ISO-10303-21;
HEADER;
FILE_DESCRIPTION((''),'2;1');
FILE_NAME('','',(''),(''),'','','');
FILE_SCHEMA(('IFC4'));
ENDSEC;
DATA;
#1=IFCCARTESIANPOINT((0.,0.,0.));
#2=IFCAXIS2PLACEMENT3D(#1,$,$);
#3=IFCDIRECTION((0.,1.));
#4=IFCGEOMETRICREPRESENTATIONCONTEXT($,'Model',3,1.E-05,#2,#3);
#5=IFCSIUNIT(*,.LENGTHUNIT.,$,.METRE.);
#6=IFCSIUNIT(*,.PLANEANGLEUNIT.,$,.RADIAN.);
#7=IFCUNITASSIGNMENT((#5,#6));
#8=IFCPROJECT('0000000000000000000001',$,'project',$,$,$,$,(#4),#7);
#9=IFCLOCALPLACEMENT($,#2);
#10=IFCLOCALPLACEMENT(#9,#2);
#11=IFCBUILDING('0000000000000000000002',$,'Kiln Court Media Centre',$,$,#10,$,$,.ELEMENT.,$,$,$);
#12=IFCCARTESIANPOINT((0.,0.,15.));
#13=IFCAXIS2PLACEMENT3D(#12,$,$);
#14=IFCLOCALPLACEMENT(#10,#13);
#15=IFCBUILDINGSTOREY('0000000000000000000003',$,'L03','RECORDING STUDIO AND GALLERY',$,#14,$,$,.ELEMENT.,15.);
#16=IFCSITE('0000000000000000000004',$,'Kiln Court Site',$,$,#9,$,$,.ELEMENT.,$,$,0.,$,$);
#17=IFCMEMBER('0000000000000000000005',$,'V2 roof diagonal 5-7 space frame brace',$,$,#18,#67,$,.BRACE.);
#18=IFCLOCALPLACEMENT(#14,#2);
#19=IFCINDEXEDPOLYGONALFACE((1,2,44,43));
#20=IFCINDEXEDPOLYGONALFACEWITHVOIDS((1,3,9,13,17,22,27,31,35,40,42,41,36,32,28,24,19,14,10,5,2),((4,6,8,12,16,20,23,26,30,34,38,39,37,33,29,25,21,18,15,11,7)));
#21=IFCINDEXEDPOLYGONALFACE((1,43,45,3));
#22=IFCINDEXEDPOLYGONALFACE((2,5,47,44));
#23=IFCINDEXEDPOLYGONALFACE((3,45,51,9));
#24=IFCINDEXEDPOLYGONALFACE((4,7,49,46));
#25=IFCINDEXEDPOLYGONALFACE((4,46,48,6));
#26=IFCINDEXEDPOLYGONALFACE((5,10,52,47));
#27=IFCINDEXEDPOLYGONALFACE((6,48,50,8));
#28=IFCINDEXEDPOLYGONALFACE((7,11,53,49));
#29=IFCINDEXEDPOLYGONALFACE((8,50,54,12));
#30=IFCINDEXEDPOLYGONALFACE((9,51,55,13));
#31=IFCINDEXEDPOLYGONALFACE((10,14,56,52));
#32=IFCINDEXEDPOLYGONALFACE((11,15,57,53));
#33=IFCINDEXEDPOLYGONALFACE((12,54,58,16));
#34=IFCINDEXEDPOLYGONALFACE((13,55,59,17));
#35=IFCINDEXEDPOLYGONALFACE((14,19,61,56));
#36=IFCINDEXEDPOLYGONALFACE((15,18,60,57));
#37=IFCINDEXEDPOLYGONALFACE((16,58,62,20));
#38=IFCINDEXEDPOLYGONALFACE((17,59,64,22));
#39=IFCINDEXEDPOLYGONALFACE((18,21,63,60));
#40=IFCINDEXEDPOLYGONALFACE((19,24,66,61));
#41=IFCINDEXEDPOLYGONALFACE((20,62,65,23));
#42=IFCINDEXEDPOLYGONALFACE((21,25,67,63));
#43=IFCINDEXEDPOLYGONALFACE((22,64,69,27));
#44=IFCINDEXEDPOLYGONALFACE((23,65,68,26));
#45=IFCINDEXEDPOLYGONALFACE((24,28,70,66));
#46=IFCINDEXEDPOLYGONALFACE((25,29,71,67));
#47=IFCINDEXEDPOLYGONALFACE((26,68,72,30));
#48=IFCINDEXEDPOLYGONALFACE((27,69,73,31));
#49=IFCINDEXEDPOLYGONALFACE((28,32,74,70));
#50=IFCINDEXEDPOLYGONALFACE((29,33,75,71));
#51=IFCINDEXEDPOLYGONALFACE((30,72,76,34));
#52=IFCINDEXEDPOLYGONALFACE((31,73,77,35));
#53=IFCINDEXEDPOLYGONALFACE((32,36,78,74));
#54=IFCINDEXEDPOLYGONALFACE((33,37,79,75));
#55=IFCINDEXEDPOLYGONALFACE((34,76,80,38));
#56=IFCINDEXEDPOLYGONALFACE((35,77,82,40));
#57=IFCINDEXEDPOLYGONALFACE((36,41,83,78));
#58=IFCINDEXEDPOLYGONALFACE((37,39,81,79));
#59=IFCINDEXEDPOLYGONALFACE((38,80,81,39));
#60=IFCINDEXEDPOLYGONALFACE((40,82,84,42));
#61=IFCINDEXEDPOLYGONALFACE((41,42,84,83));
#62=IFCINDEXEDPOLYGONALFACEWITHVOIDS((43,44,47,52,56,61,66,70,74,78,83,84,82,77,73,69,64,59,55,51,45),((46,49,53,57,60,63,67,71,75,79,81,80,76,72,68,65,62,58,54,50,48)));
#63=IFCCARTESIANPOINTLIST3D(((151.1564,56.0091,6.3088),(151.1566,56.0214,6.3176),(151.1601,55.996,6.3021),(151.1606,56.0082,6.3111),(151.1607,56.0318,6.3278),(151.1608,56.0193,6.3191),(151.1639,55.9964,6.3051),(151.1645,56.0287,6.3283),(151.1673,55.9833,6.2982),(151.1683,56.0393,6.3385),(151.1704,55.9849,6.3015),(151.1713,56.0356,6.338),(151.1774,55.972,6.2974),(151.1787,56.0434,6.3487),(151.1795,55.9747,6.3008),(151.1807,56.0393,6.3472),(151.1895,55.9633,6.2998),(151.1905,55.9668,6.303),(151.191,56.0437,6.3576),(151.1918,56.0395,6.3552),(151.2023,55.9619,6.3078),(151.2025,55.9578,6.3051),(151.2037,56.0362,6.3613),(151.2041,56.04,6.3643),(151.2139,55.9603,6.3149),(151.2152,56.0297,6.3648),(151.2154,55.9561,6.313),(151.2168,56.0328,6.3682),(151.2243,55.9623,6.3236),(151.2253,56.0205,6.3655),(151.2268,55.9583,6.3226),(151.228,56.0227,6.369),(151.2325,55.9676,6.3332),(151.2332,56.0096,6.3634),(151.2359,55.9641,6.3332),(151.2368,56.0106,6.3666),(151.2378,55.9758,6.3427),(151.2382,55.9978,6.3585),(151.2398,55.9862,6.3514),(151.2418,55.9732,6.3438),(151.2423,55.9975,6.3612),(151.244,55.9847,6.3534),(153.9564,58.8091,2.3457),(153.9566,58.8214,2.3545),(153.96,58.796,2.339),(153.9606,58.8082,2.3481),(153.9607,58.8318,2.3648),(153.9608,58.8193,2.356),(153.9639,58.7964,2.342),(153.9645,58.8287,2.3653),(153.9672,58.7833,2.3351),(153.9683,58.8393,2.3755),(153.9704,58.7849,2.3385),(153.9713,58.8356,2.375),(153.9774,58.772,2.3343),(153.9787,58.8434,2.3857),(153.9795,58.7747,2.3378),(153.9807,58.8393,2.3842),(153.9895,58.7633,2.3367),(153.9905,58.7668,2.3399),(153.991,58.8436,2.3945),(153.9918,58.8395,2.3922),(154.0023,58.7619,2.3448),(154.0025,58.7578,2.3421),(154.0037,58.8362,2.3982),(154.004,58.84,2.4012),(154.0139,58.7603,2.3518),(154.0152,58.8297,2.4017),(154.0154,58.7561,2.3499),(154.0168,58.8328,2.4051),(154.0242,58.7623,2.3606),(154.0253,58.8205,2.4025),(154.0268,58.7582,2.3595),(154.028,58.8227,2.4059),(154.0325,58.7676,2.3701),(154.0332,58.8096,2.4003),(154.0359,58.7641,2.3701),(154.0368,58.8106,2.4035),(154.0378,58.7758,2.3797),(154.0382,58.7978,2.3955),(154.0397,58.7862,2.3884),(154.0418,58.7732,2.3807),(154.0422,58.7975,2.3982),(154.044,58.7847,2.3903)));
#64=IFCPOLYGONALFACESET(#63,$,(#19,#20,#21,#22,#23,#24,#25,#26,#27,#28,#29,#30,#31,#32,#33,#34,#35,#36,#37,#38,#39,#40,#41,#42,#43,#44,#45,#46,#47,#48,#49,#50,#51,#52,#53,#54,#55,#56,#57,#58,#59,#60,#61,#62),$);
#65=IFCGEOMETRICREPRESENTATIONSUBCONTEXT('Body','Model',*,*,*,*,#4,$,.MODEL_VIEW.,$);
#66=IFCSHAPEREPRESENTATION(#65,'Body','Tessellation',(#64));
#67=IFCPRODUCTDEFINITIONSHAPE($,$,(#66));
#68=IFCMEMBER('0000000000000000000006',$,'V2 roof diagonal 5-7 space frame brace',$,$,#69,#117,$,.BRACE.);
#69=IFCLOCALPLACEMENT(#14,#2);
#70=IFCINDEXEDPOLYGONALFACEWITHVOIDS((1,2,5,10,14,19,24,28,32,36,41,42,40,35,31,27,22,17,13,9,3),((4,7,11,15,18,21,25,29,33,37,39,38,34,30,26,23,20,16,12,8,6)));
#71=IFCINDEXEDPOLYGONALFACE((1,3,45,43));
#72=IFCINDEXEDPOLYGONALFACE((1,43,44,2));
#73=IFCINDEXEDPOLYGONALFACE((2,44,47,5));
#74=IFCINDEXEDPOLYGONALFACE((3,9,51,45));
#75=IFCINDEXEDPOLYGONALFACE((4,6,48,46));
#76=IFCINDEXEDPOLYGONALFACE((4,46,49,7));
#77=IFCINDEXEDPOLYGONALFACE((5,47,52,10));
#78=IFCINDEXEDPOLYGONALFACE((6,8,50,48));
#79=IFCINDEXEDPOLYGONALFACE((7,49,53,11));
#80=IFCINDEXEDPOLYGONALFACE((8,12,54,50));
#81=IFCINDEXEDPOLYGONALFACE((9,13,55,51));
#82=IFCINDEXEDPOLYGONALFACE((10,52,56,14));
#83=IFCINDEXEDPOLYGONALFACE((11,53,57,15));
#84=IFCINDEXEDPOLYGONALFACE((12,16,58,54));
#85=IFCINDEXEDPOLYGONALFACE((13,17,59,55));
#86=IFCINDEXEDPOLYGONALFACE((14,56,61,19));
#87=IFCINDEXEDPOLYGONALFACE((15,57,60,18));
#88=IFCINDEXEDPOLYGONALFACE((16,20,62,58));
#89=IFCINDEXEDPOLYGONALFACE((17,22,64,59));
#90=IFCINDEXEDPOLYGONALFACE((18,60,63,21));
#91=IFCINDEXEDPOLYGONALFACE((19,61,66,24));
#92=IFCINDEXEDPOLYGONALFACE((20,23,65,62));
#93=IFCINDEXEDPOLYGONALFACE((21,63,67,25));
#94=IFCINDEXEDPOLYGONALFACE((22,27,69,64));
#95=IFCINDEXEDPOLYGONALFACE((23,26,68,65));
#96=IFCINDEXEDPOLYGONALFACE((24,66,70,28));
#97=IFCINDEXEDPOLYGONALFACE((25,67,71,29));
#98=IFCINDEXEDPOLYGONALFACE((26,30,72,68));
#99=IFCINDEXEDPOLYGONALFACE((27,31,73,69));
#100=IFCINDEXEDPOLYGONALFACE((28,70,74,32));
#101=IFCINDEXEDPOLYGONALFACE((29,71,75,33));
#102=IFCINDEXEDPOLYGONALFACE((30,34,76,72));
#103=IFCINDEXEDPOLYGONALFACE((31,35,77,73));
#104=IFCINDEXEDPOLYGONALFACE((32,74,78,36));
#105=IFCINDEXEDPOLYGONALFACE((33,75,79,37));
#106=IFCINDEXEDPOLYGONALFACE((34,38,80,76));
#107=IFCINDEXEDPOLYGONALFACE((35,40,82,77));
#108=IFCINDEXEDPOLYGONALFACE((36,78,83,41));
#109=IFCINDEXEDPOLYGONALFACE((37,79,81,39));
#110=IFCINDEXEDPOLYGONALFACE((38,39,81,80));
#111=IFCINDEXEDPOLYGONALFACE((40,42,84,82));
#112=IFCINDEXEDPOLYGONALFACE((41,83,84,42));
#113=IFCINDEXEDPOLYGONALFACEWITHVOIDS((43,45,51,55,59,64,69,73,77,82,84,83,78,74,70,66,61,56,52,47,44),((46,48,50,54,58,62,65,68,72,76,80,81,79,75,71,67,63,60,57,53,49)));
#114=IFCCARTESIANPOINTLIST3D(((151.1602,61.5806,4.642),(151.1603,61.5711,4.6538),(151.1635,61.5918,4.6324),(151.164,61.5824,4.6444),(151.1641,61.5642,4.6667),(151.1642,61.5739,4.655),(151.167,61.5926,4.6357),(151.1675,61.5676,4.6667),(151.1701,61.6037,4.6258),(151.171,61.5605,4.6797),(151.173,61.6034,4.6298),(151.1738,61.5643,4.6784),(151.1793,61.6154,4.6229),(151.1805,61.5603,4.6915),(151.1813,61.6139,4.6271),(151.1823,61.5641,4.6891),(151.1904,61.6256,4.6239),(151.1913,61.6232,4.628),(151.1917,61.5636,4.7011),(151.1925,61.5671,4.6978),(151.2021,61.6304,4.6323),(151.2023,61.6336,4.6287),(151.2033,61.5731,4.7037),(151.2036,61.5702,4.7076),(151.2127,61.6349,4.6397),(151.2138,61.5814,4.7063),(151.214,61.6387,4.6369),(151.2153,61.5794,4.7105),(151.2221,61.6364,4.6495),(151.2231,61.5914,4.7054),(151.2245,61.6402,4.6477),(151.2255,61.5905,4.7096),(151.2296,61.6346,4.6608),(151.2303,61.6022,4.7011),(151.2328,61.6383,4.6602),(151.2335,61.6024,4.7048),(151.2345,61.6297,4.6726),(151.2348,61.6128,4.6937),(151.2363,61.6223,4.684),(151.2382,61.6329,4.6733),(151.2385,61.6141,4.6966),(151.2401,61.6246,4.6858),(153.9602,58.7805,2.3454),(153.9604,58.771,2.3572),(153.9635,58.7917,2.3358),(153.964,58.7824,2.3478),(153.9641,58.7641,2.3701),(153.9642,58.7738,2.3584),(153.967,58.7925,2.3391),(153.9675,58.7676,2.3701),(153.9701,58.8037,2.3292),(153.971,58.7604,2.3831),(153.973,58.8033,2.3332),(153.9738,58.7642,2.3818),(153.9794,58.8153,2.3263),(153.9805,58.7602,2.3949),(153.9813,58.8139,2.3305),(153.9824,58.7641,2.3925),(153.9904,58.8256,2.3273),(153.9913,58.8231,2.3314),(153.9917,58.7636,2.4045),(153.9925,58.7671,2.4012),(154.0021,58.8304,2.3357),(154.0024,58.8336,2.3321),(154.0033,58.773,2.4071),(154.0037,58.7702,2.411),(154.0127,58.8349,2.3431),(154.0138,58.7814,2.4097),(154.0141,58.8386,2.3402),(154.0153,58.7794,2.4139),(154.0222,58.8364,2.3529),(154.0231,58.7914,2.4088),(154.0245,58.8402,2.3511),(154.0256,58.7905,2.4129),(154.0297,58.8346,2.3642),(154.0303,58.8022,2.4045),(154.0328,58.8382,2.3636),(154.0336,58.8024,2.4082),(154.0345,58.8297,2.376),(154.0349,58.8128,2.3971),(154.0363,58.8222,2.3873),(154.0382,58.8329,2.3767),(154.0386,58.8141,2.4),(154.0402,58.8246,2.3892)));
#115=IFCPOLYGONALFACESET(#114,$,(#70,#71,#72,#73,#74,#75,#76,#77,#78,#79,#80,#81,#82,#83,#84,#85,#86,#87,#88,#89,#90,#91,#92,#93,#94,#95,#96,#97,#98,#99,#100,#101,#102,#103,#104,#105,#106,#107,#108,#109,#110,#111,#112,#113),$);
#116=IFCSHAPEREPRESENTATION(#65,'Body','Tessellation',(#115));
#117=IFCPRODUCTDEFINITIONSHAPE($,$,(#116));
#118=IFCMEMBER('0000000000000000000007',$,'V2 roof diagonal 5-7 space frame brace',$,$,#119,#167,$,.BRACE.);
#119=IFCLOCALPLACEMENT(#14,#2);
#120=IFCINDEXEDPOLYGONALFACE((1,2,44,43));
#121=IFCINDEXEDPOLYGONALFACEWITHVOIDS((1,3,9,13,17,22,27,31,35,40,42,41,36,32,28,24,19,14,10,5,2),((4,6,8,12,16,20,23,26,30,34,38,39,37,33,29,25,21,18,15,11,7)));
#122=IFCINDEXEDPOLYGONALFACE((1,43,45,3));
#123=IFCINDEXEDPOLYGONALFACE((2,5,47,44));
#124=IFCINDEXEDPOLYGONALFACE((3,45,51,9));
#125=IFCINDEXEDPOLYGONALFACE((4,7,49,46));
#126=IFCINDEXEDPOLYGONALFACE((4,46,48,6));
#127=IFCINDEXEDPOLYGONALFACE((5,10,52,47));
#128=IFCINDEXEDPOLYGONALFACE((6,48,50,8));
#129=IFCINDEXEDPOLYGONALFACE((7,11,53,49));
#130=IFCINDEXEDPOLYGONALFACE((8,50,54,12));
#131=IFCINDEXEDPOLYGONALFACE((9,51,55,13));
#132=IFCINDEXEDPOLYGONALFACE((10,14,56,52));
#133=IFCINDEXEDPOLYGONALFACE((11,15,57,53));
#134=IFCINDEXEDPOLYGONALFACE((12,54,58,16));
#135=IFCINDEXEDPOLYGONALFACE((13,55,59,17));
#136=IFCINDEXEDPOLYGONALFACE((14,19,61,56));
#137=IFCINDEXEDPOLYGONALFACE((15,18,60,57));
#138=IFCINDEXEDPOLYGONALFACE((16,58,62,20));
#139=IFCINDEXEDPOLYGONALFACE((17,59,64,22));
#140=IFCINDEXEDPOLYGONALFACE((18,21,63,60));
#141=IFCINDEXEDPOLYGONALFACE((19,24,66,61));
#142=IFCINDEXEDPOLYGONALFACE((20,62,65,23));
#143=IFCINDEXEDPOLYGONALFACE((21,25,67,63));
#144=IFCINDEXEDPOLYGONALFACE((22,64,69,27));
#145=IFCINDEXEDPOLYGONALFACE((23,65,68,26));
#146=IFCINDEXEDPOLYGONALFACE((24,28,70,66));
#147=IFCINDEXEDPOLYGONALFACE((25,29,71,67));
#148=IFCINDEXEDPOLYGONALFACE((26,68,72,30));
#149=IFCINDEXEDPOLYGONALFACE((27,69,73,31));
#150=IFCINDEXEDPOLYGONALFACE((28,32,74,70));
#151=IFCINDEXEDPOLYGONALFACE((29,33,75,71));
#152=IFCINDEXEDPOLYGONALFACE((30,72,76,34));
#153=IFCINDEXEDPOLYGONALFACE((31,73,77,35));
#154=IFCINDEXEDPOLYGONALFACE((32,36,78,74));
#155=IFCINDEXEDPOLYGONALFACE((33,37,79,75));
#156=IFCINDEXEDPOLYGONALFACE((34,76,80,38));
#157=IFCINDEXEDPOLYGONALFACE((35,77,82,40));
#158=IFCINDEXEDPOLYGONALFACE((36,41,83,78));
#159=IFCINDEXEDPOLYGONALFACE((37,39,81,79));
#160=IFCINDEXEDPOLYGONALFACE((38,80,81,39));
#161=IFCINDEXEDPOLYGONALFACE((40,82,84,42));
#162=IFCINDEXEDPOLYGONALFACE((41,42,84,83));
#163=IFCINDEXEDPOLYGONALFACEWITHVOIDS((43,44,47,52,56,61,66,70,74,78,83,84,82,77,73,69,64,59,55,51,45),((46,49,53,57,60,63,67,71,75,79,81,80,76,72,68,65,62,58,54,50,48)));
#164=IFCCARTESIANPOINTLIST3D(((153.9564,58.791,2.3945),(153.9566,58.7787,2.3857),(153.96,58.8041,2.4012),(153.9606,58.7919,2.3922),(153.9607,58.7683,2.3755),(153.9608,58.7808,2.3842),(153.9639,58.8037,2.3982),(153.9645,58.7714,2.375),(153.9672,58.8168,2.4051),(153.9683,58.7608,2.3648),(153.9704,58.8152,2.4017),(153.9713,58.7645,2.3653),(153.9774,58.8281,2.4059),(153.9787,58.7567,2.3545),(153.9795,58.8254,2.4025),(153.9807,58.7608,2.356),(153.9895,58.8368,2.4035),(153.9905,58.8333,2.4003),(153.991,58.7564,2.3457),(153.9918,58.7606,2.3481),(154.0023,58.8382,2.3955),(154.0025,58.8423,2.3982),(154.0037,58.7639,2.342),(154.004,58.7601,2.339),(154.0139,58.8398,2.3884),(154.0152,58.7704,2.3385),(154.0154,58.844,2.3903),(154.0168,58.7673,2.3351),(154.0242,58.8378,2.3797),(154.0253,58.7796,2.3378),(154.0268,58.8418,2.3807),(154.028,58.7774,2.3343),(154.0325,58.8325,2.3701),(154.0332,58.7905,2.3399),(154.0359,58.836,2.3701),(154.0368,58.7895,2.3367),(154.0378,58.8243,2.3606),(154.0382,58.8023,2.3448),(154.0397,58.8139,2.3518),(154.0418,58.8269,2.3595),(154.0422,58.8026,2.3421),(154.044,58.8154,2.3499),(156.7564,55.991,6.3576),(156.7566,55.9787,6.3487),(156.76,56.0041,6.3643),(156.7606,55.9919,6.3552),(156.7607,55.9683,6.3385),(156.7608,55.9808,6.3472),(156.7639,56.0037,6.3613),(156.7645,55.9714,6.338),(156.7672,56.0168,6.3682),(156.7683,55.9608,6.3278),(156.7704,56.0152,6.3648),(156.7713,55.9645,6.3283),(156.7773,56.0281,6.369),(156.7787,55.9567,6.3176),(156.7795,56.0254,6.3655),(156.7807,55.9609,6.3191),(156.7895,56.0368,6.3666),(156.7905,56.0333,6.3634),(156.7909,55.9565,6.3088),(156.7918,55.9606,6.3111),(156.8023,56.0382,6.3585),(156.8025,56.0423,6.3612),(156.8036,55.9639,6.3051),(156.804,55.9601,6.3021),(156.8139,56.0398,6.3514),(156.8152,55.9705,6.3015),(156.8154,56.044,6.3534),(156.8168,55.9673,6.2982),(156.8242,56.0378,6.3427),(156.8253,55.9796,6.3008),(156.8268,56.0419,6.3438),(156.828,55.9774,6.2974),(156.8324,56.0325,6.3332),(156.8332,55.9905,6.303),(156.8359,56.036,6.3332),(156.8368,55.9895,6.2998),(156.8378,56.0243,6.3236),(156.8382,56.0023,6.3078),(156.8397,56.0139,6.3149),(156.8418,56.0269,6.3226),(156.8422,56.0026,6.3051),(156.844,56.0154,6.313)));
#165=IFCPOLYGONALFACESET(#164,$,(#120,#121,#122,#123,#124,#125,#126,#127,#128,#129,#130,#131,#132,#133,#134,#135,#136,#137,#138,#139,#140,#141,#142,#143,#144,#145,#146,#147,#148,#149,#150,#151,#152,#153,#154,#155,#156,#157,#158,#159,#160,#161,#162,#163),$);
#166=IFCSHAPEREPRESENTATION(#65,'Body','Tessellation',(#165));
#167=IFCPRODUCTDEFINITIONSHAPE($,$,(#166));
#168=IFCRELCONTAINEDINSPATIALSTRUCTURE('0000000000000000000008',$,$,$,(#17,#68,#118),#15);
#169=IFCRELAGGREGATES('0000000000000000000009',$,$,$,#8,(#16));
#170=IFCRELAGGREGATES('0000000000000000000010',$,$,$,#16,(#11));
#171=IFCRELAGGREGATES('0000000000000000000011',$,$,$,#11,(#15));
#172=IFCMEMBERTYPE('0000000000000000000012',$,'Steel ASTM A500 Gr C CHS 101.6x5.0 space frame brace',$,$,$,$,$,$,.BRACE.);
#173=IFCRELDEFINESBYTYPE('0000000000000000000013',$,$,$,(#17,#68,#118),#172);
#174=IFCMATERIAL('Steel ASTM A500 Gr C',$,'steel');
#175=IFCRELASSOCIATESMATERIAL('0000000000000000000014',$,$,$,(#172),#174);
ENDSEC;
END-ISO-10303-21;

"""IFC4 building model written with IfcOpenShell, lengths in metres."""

from ifc_helpers import new_model, si_unit, direction, frame, origin, origin_2d, place, context, subcontext, project, spatial, hollow_circle, extrude, material, material_profile, profile_set, type_object, element, save


model = new_model("IFC4")

# Units and contexts
model_context = context("Model", 3, precision=1e-05, world=origin(), true_north=direction((0.0, 1.0)))
body_context = subcontext(model_context, "Body", "Model", "MODEL_VIEW")
ifc_project = project(units=[si_unit("LENGTHUNIT", "METRE"), si_unit("PLANEANGLEUNIT", "RADIAN")], contexts=[model_context])

# Site, building, storey
site_placement = place(None, origin())
site = spatial("IfcSite", under=ifc_project, at=site_placement, Name="Kiln Court Site", CompositionType="ELEMENT", RefElevation=0.0)
building_placement = place(site_placement, origin())
building = spatial("IfcBuilding", under=site, at=building_placement, Name="Kiln Court Media Centre", CompositionType="ELEMENT")
storey_placement = place(building_placement, frame((0.0, 0.0, 15.0)))
storey = spatial("IfcBuildingStorey", under=building, at=storey_placement, Name="L03", Description="RECORDING STUDIO AND GALLERY", CompositionType="ELEMENT", Elevation=15.0)

# Members
ifc_material_1 = material(Name="Steel ASTM A500 Gr C", Category="steel")
ifc_material_profile_1 = material_profile(ifc_material_1, hollow_circle(Radius=0.0508, WallThickness=0.0049, at=origin_2d()), Name="CHS 101.6x5.0")
ifc_profile_set_1 = profile_set([ifc_material_profile_1], Name="Steel ASTM A500 Gr C")
member_type_1 = type_object("IfcMemberType", Name="Steel ASTM A500 Gr C CHS 101.6x5.0 space frame brace", PredefinedType="BRACE", material=ifc_profile_set_1)
member_1_placement = place(storey_placement, frame((154.0, 58.8, 2.3701), z_axis=(-0.499794, -0.499794, 0.707398), x_axis=(0.707107, -0.707107, 0.0)))
element("IfcMember", 1, at=member_1_placement, inside=storey, type_object=member_type_1, Name="V2 roof diagonal 5-7 space frame brace", PredefinedType="BRACE", context=body_context, shape_type="SweptSolid", body=[
    extrude(hollow_circle(Radius=0.0508, WallThickness=0.0049, at=origin_2d()), origin(), (0.0, 0.0, 1.0), 5.6023),
])
member_2_placement = place(storey_placement, frame((154.0, 58.8, 2.3701), z_axis=(-0.611676, 0.611676, 0.501703), x_axis=(-0.707107, -0.707107, 0.0)))
element("IfcMember", 2, at=member_2_placement, inside=storey, type_object=member_type_1, Name="V2 roof diagonal 5-7 space frame brace", PredefinedType="BRACE", context=body_context, shape_type="SweptSolid", body=[
    extrude(hollow_circle(Radius=0.0508, WallThickness=0.0049, at=origin_2d()), origin(), (0.0, 0.0, 1.0), 4.5776),
])
member_3_placement = place(storey_placement, frame((154.0, 58.8, 2.3701), z_axis=(0.499794, -0.499794, 0.707398), x_axis=(0.707107, 0.707107, 0.0)))
element("IfcMember", 3, at=member_3_placement, inside=storey, type_object=member_type_1, Name="V2 roof diagonal 5-7 space frame brace", PredefinedType="BRACE", context=body_context, shape_type="SweptSolid", body=[
    extrude(hollow_circle(Radius=0.0508, WallThickness=0.0049, at=origin_2d()), origin(), (0.0, 0.0, 1.0), 5.6023),
])

save(model, "model.ifc")
